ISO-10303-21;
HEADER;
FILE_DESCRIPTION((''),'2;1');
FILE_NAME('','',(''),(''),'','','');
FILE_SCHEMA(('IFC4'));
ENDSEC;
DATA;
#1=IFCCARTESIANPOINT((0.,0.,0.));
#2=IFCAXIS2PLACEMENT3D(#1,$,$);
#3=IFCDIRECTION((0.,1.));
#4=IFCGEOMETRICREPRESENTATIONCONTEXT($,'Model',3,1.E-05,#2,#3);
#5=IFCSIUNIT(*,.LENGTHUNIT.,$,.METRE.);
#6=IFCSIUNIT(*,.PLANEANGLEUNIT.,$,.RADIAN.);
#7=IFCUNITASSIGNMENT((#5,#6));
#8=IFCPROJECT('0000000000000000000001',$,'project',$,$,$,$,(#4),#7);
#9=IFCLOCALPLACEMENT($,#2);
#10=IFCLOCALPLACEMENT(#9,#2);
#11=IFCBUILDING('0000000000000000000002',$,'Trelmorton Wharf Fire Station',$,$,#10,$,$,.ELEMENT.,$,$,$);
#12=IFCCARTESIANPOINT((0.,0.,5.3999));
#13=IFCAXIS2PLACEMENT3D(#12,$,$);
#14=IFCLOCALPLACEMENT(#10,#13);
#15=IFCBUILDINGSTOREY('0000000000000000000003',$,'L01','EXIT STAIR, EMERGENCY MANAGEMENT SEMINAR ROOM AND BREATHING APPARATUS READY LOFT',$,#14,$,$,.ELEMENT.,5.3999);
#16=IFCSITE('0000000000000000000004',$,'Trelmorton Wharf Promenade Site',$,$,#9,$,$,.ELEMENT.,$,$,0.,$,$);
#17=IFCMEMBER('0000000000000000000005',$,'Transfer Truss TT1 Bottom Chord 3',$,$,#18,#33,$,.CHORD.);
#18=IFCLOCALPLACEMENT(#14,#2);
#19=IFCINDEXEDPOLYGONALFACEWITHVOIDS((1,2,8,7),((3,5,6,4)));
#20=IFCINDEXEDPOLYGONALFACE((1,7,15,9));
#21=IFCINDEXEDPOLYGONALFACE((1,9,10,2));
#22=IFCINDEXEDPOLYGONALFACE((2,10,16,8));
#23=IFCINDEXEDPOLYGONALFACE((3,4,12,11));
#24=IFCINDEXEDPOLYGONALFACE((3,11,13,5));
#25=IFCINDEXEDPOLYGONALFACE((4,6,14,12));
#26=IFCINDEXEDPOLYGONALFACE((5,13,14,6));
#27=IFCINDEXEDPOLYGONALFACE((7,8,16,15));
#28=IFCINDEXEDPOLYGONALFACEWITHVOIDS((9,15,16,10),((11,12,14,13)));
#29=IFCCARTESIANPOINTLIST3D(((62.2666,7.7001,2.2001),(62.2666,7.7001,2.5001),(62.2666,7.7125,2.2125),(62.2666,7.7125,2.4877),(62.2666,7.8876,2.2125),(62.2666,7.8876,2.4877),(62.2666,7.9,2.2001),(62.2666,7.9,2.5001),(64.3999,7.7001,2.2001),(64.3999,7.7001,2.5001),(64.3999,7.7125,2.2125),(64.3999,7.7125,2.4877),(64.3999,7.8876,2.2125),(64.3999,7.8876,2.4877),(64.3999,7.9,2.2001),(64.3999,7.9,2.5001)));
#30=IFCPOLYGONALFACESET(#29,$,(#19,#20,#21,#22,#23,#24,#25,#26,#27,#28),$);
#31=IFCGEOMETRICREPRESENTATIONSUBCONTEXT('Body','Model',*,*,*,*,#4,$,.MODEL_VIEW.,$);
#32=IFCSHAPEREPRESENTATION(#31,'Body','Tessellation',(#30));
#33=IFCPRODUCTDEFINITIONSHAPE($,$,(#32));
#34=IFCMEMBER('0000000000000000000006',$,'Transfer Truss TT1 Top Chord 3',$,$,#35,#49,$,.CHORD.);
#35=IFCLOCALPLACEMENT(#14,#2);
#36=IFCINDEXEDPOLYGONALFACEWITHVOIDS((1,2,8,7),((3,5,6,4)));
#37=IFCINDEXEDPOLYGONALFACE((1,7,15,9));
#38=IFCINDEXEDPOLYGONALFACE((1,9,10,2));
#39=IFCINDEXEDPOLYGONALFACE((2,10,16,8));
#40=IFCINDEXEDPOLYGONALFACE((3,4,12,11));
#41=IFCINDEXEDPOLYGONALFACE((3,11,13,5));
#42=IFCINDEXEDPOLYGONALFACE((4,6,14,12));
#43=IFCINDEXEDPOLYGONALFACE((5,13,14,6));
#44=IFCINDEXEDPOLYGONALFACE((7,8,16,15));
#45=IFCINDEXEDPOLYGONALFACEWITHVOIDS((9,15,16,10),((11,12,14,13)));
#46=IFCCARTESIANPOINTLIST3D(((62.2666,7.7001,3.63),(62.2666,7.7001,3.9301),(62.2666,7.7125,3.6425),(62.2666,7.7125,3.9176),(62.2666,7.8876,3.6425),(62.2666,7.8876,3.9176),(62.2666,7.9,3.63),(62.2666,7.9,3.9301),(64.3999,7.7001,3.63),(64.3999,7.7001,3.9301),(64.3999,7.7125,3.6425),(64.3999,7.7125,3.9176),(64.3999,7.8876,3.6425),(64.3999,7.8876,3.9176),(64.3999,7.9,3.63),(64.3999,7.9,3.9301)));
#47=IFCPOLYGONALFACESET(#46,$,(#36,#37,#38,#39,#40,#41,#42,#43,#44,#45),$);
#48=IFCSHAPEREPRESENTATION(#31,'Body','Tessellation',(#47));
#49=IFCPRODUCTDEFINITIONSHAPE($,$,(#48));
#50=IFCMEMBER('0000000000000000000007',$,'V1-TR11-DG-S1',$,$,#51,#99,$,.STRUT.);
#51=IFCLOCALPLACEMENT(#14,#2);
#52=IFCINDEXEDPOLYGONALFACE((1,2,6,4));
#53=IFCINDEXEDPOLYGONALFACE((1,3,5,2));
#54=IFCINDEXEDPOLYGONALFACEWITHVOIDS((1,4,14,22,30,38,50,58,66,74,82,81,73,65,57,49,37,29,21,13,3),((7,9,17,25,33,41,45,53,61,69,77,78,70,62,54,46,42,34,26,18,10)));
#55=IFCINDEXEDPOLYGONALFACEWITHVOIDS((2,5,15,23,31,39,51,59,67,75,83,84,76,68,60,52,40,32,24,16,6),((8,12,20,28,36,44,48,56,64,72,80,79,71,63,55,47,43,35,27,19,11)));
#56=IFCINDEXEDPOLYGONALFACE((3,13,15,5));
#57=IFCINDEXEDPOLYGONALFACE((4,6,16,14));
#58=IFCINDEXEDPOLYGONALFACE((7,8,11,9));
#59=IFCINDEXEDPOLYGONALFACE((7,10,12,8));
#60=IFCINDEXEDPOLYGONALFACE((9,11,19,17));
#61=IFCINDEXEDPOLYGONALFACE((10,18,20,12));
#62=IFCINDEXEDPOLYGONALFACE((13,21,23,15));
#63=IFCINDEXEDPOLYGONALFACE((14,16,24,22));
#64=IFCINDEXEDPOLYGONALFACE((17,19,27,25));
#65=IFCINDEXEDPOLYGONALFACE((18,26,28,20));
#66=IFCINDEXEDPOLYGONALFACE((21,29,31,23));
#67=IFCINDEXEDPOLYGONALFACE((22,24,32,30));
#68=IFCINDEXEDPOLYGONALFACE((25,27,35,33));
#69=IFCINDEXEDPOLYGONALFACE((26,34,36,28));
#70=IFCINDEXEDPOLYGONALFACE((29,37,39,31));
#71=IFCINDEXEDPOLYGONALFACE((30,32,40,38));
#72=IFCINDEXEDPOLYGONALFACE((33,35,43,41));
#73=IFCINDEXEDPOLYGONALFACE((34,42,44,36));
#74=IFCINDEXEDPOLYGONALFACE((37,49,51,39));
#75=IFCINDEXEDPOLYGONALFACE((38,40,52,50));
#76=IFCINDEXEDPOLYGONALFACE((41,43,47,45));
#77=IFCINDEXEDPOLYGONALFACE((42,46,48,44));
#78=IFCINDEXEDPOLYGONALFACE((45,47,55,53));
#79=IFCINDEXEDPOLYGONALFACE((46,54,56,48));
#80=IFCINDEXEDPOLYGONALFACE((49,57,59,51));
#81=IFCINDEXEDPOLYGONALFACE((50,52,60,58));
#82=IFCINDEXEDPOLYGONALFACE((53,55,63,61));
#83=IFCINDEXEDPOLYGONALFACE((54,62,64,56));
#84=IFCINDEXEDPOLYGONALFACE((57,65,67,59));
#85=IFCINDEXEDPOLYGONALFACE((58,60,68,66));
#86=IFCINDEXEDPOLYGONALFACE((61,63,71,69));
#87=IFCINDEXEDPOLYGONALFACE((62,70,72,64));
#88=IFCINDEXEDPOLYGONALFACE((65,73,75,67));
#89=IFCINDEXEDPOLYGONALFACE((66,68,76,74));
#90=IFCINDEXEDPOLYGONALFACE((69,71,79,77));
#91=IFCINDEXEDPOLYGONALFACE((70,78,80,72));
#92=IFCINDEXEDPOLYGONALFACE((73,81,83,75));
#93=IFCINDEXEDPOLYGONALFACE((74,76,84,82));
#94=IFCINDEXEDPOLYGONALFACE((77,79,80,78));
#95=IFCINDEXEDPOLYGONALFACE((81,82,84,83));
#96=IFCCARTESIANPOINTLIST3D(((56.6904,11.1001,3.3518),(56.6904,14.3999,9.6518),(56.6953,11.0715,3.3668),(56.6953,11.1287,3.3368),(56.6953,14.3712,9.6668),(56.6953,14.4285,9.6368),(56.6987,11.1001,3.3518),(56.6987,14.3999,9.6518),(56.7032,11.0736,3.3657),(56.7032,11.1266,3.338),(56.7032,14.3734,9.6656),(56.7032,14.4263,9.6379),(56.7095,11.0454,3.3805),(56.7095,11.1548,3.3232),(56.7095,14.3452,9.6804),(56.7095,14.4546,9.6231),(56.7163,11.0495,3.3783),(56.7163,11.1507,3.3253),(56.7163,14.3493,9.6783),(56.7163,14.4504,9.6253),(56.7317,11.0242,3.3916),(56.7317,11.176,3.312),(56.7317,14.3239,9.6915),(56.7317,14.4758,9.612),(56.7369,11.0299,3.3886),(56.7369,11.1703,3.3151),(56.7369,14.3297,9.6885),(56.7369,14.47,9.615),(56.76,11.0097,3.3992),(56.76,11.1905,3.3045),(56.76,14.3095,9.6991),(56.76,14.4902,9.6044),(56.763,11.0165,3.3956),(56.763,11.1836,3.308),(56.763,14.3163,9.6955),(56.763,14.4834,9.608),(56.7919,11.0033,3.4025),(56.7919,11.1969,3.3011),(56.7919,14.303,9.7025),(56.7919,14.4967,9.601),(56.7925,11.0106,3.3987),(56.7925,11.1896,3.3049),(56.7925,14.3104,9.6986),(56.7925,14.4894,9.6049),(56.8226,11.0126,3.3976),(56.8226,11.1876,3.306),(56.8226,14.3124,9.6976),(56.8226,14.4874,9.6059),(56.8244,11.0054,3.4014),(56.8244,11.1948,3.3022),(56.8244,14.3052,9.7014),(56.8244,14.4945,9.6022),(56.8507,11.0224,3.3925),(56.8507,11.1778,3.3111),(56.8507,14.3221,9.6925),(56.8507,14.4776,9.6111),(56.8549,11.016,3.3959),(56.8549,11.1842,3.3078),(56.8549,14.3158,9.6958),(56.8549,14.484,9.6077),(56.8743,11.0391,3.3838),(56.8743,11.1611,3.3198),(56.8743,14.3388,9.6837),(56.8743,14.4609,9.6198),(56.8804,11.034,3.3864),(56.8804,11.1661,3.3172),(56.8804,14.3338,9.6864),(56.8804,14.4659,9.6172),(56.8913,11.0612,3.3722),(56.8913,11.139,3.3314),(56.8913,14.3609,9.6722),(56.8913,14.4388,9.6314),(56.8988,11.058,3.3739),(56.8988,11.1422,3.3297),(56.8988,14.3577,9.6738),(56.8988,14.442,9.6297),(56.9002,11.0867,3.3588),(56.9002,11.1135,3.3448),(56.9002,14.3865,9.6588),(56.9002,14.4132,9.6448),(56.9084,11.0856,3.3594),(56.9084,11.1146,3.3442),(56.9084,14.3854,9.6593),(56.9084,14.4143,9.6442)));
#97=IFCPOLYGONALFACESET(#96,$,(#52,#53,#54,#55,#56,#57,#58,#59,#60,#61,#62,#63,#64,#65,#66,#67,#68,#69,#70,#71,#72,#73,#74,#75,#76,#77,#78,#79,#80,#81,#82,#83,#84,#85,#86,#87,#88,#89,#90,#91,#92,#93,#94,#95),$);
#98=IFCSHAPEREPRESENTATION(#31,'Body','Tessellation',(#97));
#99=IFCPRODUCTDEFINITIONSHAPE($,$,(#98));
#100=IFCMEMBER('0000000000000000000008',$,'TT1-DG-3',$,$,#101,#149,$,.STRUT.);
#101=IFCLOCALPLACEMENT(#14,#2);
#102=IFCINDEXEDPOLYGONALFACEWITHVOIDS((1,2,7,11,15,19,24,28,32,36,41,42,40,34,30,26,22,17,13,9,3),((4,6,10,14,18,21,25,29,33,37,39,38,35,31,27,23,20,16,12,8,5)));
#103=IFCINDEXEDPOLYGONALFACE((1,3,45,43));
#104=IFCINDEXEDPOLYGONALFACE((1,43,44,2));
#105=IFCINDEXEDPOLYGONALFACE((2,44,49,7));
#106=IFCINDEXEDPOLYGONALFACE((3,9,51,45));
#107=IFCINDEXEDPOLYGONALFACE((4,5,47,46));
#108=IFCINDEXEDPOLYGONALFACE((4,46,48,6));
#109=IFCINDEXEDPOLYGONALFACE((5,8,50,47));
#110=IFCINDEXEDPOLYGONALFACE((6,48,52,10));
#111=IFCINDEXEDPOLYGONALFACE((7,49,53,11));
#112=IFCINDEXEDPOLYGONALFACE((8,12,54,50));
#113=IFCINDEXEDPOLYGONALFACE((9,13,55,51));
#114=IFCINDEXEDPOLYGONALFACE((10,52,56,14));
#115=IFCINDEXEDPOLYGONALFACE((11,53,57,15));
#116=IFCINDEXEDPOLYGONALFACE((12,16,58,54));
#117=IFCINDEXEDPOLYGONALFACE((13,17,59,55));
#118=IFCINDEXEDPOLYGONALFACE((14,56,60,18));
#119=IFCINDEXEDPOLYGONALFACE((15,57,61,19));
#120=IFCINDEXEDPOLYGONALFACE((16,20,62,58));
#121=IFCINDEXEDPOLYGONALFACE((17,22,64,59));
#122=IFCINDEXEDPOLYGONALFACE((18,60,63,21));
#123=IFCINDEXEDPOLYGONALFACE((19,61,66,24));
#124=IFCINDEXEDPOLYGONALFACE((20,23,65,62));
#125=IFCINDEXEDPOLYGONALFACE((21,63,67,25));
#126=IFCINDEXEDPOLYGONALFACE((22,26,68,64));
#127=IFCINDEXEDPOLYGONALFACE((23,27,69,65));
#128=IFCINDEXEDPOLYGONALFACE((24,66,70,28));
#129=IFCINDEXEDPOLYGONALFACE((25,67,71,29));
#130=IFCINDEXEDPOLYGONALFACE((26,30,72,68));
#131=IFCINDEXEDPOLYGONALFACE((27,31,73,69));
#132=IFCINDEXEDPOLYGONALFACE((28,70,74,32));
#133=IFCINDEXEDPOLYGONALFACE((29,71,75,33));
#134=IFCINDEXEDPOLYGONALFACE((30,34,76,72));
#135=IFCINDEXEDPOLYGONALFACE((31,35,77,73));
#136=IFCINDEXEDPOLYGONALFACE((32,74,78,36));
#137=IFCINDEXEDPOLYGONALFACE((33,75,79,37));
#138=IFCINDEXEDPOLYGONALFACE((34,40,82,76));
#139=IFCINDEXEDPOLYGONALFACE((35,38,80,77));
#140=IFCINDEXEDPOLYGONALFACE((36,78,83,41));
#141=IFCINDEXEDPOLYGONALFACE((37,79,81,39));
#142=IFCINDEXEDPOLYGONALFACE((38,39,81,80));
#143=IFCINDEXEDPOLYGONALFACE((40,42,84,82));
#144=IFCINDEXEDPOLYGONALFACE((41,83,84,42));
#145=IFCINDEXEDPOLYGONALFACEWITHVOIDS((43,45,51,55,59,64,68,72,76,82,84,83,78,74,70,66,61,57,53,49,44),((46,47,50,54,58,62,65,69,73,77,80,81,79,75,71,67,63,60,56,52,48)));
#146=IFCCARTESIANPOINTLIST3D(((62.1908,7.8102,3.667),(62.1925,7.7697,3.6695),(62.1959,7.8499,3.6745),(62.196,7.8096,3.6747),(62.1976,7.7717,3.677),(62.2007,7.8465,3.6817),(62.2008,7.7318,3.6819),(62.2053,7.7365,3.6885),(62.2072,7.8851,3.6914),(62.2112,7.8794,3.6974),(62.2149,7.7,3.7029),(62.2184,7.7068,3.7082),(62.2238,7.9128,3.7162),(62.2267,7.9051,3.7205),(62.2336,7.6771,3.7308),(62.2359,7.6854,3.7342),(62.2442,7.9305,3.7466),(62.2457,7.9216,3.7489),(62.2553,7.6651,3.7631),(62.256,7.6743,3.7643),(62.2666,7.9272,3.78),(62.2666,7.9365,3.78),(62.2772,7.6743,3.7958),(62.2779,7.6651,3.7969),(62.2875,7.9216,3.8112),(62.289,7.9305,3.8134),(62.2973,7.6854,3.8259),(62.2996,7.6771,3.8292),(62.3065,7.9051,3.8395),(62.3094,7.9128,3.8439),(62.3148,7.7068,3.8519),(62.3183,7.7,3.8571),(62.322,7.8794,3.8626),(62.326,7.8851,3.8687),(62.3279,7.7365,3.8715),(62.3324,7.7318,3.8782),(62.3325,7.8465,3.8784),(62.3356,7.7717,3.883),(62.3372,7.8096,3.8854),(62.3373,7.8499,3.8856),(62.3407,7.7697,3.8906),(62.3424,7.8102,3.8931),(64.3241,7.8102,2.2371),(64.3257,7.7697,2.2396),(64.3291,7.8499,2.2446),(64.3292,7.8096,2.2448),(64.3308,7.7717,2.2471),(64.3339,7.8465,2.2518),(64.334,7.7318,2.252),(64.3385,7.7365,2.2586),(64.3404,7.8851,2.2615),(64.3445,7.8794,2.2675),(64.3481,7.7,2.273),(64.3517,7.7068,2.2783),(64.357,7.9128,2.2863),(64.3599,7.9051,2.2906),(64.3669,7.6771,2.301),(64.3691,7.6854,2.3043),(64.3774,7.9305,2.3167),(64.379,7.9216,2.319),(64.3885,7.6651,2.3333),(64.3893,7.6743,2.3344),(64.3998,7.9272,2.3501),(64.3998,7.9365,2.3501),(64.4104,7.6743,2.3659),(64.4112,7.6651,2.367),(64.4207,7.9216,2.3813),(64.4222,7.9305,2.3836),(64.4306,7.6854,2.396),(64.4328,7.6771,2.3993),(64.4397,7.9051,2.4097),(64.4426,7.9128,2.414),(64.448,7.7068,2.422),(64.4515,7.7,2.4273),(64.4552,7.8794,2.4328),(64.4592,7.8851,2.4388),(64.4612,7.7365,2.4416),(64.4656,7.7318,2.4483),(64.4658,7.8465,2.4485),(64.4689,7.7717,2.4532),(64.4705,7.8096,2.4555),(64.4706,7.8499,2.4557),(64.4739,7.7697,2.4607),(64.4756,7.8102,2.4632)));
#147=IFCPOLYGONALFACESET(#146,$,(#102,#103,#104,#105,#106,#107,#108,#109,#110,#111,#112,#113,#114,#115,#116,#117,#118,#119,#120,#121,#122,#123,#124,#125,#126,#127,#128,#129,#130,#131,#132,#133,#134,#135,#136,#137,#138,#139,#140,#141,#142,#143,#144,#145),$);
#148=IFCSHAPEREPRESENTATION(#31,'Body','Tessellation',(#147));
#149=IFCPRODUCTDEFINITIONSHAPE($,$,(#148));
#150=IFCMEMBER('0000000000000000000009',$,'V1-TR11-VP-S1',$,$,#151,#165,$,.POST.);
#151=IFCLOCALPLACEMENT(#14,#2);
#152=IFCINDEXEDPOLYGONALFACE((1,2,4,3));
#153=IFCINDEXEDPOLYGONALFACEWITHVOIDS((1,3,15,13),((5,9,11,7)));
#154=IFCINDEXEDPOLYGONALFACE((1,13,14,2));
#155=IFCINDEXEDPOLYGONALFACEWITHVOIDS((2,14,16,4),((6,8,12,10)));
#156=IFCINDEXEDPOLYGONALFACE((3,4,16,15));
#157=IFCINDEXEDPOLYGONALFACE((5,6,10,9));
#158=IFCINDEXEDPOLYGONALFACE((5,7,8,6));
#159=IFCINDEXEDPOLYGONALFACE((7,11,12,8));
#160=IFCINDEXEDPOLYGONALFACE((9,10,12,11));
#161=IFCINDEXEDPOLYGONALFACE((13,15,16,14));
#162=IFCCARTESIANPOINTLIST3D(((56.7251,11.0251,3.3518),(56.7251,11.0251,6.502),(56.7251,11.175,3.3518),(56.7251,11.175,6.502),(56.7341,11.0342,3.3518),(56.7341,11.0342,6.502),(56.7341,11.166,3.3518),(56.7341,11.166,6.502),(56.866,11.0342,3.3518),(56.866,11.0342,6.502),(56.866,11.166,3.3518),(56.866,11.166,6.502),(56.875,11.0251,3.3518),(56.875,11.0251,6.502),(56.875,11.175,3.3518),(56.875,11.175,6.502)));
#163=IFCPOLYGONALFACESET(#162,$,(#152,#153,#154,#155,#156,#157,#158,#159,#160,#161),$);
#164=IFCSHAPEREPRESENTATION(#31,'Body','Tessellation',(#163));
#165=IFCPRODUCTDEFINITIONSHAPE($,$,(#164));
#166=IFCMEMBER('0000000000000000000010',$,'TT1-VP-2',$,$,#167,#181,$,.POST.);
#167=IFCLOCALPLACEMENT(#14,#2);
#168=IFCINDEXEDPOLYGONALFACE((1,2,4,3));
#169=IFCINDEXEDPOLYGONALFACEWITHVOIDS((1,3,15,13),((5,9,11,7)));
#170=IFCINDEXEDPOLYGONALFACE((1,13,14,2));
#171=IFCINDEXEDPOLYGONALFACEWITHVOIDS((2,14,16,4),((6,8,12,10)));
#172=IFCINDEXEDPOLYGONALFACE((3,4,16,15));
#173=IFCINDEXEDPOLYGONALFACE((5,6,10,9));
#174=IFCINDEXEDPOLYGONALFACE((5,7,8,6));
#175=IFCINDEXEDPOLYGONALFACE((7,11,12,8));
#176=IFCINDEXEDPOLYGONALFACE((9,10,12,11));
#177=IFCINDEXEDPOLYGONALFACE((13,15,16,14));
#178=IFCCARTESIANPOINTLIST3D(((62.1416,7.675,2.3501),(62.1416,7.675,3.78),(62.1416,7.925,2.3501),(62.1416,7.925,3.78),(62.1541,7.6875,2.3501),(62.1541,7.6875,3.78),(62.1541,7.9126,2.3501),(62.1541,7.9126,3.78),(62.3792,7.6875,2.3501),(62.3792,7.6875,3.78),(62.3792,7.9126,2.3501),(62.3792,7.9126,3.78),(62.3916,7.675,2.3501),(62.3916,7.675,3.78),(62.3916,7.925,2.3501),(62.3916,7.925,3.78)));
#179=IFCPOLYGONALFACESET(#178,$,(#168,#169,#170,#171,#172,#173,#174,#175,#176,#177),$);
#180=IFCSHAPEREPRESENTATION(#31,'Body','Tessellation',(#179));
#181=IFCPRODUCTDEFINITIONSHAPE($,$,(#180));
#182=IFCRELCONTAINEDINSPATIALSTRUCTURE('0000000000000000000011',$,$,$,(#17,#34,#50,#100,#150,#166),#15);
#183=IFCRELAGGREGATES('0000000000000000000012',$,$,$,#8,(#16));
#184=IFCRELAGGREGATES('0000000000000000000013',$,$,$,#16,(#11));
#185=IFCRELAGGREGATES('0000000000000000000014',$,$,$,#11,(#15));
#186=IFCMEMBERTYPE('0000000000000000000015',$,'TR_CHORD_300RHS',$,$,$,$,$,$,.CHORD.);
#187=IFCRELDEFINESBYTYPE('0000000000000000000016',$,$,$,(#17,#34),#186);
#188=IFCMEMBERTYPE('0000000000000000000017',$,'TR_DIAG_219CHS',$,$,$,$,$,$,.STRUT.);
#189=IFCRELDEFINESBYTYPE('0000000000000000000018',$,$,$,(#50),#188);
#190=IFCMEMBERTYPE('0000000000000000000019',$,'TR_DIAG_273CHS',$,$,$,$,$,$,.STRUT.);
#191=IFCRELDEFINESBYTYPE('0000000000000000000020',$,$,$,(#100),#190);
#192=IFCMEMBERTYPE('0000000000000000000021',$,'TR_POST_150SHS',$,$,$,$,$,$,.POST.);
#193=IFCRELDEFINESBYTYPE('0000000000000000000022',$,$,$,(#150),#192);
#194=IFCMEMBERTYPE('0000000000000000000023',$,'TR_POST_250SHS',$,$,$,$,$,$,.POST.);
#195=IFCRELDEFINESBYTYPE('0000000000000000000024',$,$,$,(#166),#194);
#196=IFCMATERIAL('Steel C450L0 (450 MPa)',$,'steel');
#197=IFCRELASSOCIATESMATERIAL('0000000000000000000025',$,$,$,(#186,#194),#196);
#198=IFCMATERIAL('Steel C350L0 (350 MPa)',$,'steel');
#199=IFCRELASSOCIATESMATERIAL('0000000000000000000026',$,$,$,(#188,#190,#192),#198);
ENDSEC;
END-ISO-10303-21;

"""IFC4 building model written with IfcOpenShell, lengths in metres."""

from ifc_helpers import new_model, si_unit, direction, frame, origin, origin_2d, place, context, subcontext, project, spatial, hollow_rectangle, hollow_circle, extrude, material, material_profile, profile_set, type_object, element, save


model = new_model("IFC4")

# Units and contexts
model_context = context("Model", 3, precision=1e-05, world=origin(), true_north=direction((0.0, 1.0)))
body_context = subcontext(model_context, "Body", "Model", "MODEL_VIEW")
ifc_project = project(units=[si_unit("LENGTHUNIT", "METRE"), si_unit("PLANEANGLEUNIT", "RADIAN")], contexts=[model_context])

# Site, building, storey
site_placement = place(None, origin())
site = spatial("IfcSite", under=ifc_project, at=site_placement, Name="Trelmorton Wharf Promenade Site", CompositionType="ELEMENT", RefElevation=0.0)
building_placement = place(site_placement, origin())
building = spatial("IfcBuilding", under=site, at=building_placement, Name="Trelmorton Wharf Fire Station", CompositionType="ELEMENT")
storey_placement = place(building_placement, frame((0.0, 0.0, 5.3999)))
storey = spatial("IfcBuildingStorey", under=building, at=storey_placement, Name="L01", Description="EXIT STAIR, EMERGENCY MANAGEMENT SEMINAR ROOM AND BREATHING APPARATUS READY LOFT", CompositionType="ELEMENT", Elevation=5.3999)

# Shared definitions
ifc_material_1 = material(Name="Steel C350L0 (350 MPa)", Category="steel")

# Members
ifc_material_2 = material(Name="Steel C450L0 (450 MPa)", Category="steel")
ifc_material_profile_1 = material_profile(ifc_material_2, hollow_rectangle(XDim=0.2, YDim=0.3, WallThickness=0.0125, at=origin_2d()), Name="300x200x12.5RHS")
ifc_profile_set_1 = profile_set([ifc_material_profile_1], Name="Steel C450L0 (450 MPa)")
member_type_1 = type_object("IfcMemberType", Name="TR_CHORD_300RHS", PredefinedType="CHORD", material=ifc_profile_set_1)
for number, where, z_axis, x_axis, name in (
    (1, (62.2666, 7.8, 2.3501), (1.0, 0.0, 0.0), (0.0, 1.0, 0.0), "Transfer Truss TT1 Bottom Chord 3"),
    (2, (62.2666, 7.8, 3.78), (1.0, 0.0, 0.0), (0.0, 1.0, 0.0), "Transfer Truss TT1 Top Chord 3"),
):
    element("IfcMember", number, at=place(storey_placement, frame(where, z_axis=z_axis, x_axis=x_axis)), inside=storey, type_object=member_type_1, Name=name, PredefinedType="CHORD", context=body_context, shape_type="SweptSolid", body=[
        extrude(hollow_rectangle(XDim=0.2, YDim=0.3, WallThickness=0.0125, at=origin_2d()), origin(), (0.0, 0.0, 1.0), 2.1333),
    ])
ifc_material_profile_2 = material_profile(ifc_material_1, hollow_circle(Radius=0.1096, WallThickness=0.0083, at=origin_2d()), Name="219.1x8.2CHS")
ifc_profile_set_2 = profile_set([ifc_material_profile_2], Name="Steel C350L0 (350 MPa)")
member_type_2 = type_object("IfcMemberType", Name="TR_DIAG_219CHS", PredefinedType="STRUT", material=ifc_profile_set_2)
member_1_placement = place(storey_placement, frame((56.8, 11.1001, 3.3518), z_axis=(0.0, 0.463983, 0.885844), x_axis=(-1.0, 0.0, 0.0)))
element("IfcMember", 3, at=member_1_placement, inside=storey, type_object=member_type_2, Name="V1-TR11-DG-S1", PredefinedType="STRUT", context=body_context, shape_type="SweptSolid", body=[
    extrude(hollow_circle(Radius=0.1096, WallThickness=0.0083, at=origin_2d()), origin(), (0.0, 0.0, 1.0), 7.1118),
])
ifc_material_profile_3 = material_profile(ifc_material_1, hollow_circle(Radius=0.1365, WallThickness=0.0093, at=origin_2d()), Name="273.1x9.3CHS")
ifc_profile_set_3 = profile_set([ifc_material_profile_3], Name="Steel C350L0 (350 MPa)")
member_type_3 = type_object("IfcMemberType", Name="TR_DIAG_273CHS", PredefinedType="STRUT", material=ifc_profile_set_3)
member_2_placement = place(storey_placement, frame((62.2666, 7.8, 3.78), z_axis=(0.830658, 0.0, -0.556783), x_axis=(0.0, 1.0, 0.0)))
element("IfcMember", 4, at=member_2_placement, inside=storey, type_object=member_type_3, Name="TT1-DG-3", PredefinedType="STRUT", context=body_context, shape_type="SweptSolid", body=[
    extrude(hollow_circle(Radius=0.1365, WallThickness=0.0093, at=origin_2d()), origin(), (0.0, 0.0, 1.0), 2.5681),
])
ifc_material_profile_4 = material_profile(ifc_material_1, hollow_rectangle(XDim=0.1499, YDim=0.1499, WallThickness=0.009, at=origin_2d()), Name="150x150x9.0SHS")
ifc_profile_set_4 = profile_set([ifc_material_profile_4], Name="Steel C350L0 (350 MPa)")
member_type_4 = type_object("IfcMemberType", Name="TR_POST_150SHS", PredefinedType="POST", material=ifc_profile_set_4)
member_3_placement = place(storey_placement, frame((56.8, 11.1001, 3.3518), z_axis=(0.0, 0.0, 1.0), x_axis=(1.0, 0.0, 0.0)))
element("IfcMember", 5, at=member_3_placement, inside=storey, type_object=member_type_4, Name="V1-TR11-VP-S1", PredefinedType="POST", context=body_context, shape_type="SweptSolid", body=[
    extrude(hollow_rectangle(XDim=0.1499, YDim=0.1499, WallThickness=0.009, at=origin_2d()), origin(), (0.0, 0.0, 1.0), 3.1501),
])
ifc_material_profile_5 = material_profile(ifc_material_2, hollow_rectangle(XDim=0.25, YDim=0.25, WallThickness=0.0125, at=origin_2d()), Name="250x250x12.5SHS")
ifc_profile_set_5 = profile_set([ifc_material_profile_5], Name="Steel C450L0 (450 MPa)")
member_type_5 = type_object("IfcMemberType", Name="TR_POST_250SHS", PredefinedType="POST", material=ifc_profile_set_5)
member_4_placement = place(storey_placement, frame((62.2666, 7.8, 2.3501), z_axis=(0.0, 0.0, 1.0), x_axis=(1.0, 0.0, 0.0)))
element("IfcMember", 6, at=member_4_placement, inside=storey, type_object=member_type_5, Name="TT1-VP-2", PredefinedType="POST", context=body_context, shape_type="SweptSolid", body=[
    extrude(hollow_rectangle(XDim=0.25, YDim=0.25, WallThickness=0.0125, at=origin_2d()), origin(), (0.0, 0.0, 1.0), 1.4299),
])

save(model, "model.ifc")
